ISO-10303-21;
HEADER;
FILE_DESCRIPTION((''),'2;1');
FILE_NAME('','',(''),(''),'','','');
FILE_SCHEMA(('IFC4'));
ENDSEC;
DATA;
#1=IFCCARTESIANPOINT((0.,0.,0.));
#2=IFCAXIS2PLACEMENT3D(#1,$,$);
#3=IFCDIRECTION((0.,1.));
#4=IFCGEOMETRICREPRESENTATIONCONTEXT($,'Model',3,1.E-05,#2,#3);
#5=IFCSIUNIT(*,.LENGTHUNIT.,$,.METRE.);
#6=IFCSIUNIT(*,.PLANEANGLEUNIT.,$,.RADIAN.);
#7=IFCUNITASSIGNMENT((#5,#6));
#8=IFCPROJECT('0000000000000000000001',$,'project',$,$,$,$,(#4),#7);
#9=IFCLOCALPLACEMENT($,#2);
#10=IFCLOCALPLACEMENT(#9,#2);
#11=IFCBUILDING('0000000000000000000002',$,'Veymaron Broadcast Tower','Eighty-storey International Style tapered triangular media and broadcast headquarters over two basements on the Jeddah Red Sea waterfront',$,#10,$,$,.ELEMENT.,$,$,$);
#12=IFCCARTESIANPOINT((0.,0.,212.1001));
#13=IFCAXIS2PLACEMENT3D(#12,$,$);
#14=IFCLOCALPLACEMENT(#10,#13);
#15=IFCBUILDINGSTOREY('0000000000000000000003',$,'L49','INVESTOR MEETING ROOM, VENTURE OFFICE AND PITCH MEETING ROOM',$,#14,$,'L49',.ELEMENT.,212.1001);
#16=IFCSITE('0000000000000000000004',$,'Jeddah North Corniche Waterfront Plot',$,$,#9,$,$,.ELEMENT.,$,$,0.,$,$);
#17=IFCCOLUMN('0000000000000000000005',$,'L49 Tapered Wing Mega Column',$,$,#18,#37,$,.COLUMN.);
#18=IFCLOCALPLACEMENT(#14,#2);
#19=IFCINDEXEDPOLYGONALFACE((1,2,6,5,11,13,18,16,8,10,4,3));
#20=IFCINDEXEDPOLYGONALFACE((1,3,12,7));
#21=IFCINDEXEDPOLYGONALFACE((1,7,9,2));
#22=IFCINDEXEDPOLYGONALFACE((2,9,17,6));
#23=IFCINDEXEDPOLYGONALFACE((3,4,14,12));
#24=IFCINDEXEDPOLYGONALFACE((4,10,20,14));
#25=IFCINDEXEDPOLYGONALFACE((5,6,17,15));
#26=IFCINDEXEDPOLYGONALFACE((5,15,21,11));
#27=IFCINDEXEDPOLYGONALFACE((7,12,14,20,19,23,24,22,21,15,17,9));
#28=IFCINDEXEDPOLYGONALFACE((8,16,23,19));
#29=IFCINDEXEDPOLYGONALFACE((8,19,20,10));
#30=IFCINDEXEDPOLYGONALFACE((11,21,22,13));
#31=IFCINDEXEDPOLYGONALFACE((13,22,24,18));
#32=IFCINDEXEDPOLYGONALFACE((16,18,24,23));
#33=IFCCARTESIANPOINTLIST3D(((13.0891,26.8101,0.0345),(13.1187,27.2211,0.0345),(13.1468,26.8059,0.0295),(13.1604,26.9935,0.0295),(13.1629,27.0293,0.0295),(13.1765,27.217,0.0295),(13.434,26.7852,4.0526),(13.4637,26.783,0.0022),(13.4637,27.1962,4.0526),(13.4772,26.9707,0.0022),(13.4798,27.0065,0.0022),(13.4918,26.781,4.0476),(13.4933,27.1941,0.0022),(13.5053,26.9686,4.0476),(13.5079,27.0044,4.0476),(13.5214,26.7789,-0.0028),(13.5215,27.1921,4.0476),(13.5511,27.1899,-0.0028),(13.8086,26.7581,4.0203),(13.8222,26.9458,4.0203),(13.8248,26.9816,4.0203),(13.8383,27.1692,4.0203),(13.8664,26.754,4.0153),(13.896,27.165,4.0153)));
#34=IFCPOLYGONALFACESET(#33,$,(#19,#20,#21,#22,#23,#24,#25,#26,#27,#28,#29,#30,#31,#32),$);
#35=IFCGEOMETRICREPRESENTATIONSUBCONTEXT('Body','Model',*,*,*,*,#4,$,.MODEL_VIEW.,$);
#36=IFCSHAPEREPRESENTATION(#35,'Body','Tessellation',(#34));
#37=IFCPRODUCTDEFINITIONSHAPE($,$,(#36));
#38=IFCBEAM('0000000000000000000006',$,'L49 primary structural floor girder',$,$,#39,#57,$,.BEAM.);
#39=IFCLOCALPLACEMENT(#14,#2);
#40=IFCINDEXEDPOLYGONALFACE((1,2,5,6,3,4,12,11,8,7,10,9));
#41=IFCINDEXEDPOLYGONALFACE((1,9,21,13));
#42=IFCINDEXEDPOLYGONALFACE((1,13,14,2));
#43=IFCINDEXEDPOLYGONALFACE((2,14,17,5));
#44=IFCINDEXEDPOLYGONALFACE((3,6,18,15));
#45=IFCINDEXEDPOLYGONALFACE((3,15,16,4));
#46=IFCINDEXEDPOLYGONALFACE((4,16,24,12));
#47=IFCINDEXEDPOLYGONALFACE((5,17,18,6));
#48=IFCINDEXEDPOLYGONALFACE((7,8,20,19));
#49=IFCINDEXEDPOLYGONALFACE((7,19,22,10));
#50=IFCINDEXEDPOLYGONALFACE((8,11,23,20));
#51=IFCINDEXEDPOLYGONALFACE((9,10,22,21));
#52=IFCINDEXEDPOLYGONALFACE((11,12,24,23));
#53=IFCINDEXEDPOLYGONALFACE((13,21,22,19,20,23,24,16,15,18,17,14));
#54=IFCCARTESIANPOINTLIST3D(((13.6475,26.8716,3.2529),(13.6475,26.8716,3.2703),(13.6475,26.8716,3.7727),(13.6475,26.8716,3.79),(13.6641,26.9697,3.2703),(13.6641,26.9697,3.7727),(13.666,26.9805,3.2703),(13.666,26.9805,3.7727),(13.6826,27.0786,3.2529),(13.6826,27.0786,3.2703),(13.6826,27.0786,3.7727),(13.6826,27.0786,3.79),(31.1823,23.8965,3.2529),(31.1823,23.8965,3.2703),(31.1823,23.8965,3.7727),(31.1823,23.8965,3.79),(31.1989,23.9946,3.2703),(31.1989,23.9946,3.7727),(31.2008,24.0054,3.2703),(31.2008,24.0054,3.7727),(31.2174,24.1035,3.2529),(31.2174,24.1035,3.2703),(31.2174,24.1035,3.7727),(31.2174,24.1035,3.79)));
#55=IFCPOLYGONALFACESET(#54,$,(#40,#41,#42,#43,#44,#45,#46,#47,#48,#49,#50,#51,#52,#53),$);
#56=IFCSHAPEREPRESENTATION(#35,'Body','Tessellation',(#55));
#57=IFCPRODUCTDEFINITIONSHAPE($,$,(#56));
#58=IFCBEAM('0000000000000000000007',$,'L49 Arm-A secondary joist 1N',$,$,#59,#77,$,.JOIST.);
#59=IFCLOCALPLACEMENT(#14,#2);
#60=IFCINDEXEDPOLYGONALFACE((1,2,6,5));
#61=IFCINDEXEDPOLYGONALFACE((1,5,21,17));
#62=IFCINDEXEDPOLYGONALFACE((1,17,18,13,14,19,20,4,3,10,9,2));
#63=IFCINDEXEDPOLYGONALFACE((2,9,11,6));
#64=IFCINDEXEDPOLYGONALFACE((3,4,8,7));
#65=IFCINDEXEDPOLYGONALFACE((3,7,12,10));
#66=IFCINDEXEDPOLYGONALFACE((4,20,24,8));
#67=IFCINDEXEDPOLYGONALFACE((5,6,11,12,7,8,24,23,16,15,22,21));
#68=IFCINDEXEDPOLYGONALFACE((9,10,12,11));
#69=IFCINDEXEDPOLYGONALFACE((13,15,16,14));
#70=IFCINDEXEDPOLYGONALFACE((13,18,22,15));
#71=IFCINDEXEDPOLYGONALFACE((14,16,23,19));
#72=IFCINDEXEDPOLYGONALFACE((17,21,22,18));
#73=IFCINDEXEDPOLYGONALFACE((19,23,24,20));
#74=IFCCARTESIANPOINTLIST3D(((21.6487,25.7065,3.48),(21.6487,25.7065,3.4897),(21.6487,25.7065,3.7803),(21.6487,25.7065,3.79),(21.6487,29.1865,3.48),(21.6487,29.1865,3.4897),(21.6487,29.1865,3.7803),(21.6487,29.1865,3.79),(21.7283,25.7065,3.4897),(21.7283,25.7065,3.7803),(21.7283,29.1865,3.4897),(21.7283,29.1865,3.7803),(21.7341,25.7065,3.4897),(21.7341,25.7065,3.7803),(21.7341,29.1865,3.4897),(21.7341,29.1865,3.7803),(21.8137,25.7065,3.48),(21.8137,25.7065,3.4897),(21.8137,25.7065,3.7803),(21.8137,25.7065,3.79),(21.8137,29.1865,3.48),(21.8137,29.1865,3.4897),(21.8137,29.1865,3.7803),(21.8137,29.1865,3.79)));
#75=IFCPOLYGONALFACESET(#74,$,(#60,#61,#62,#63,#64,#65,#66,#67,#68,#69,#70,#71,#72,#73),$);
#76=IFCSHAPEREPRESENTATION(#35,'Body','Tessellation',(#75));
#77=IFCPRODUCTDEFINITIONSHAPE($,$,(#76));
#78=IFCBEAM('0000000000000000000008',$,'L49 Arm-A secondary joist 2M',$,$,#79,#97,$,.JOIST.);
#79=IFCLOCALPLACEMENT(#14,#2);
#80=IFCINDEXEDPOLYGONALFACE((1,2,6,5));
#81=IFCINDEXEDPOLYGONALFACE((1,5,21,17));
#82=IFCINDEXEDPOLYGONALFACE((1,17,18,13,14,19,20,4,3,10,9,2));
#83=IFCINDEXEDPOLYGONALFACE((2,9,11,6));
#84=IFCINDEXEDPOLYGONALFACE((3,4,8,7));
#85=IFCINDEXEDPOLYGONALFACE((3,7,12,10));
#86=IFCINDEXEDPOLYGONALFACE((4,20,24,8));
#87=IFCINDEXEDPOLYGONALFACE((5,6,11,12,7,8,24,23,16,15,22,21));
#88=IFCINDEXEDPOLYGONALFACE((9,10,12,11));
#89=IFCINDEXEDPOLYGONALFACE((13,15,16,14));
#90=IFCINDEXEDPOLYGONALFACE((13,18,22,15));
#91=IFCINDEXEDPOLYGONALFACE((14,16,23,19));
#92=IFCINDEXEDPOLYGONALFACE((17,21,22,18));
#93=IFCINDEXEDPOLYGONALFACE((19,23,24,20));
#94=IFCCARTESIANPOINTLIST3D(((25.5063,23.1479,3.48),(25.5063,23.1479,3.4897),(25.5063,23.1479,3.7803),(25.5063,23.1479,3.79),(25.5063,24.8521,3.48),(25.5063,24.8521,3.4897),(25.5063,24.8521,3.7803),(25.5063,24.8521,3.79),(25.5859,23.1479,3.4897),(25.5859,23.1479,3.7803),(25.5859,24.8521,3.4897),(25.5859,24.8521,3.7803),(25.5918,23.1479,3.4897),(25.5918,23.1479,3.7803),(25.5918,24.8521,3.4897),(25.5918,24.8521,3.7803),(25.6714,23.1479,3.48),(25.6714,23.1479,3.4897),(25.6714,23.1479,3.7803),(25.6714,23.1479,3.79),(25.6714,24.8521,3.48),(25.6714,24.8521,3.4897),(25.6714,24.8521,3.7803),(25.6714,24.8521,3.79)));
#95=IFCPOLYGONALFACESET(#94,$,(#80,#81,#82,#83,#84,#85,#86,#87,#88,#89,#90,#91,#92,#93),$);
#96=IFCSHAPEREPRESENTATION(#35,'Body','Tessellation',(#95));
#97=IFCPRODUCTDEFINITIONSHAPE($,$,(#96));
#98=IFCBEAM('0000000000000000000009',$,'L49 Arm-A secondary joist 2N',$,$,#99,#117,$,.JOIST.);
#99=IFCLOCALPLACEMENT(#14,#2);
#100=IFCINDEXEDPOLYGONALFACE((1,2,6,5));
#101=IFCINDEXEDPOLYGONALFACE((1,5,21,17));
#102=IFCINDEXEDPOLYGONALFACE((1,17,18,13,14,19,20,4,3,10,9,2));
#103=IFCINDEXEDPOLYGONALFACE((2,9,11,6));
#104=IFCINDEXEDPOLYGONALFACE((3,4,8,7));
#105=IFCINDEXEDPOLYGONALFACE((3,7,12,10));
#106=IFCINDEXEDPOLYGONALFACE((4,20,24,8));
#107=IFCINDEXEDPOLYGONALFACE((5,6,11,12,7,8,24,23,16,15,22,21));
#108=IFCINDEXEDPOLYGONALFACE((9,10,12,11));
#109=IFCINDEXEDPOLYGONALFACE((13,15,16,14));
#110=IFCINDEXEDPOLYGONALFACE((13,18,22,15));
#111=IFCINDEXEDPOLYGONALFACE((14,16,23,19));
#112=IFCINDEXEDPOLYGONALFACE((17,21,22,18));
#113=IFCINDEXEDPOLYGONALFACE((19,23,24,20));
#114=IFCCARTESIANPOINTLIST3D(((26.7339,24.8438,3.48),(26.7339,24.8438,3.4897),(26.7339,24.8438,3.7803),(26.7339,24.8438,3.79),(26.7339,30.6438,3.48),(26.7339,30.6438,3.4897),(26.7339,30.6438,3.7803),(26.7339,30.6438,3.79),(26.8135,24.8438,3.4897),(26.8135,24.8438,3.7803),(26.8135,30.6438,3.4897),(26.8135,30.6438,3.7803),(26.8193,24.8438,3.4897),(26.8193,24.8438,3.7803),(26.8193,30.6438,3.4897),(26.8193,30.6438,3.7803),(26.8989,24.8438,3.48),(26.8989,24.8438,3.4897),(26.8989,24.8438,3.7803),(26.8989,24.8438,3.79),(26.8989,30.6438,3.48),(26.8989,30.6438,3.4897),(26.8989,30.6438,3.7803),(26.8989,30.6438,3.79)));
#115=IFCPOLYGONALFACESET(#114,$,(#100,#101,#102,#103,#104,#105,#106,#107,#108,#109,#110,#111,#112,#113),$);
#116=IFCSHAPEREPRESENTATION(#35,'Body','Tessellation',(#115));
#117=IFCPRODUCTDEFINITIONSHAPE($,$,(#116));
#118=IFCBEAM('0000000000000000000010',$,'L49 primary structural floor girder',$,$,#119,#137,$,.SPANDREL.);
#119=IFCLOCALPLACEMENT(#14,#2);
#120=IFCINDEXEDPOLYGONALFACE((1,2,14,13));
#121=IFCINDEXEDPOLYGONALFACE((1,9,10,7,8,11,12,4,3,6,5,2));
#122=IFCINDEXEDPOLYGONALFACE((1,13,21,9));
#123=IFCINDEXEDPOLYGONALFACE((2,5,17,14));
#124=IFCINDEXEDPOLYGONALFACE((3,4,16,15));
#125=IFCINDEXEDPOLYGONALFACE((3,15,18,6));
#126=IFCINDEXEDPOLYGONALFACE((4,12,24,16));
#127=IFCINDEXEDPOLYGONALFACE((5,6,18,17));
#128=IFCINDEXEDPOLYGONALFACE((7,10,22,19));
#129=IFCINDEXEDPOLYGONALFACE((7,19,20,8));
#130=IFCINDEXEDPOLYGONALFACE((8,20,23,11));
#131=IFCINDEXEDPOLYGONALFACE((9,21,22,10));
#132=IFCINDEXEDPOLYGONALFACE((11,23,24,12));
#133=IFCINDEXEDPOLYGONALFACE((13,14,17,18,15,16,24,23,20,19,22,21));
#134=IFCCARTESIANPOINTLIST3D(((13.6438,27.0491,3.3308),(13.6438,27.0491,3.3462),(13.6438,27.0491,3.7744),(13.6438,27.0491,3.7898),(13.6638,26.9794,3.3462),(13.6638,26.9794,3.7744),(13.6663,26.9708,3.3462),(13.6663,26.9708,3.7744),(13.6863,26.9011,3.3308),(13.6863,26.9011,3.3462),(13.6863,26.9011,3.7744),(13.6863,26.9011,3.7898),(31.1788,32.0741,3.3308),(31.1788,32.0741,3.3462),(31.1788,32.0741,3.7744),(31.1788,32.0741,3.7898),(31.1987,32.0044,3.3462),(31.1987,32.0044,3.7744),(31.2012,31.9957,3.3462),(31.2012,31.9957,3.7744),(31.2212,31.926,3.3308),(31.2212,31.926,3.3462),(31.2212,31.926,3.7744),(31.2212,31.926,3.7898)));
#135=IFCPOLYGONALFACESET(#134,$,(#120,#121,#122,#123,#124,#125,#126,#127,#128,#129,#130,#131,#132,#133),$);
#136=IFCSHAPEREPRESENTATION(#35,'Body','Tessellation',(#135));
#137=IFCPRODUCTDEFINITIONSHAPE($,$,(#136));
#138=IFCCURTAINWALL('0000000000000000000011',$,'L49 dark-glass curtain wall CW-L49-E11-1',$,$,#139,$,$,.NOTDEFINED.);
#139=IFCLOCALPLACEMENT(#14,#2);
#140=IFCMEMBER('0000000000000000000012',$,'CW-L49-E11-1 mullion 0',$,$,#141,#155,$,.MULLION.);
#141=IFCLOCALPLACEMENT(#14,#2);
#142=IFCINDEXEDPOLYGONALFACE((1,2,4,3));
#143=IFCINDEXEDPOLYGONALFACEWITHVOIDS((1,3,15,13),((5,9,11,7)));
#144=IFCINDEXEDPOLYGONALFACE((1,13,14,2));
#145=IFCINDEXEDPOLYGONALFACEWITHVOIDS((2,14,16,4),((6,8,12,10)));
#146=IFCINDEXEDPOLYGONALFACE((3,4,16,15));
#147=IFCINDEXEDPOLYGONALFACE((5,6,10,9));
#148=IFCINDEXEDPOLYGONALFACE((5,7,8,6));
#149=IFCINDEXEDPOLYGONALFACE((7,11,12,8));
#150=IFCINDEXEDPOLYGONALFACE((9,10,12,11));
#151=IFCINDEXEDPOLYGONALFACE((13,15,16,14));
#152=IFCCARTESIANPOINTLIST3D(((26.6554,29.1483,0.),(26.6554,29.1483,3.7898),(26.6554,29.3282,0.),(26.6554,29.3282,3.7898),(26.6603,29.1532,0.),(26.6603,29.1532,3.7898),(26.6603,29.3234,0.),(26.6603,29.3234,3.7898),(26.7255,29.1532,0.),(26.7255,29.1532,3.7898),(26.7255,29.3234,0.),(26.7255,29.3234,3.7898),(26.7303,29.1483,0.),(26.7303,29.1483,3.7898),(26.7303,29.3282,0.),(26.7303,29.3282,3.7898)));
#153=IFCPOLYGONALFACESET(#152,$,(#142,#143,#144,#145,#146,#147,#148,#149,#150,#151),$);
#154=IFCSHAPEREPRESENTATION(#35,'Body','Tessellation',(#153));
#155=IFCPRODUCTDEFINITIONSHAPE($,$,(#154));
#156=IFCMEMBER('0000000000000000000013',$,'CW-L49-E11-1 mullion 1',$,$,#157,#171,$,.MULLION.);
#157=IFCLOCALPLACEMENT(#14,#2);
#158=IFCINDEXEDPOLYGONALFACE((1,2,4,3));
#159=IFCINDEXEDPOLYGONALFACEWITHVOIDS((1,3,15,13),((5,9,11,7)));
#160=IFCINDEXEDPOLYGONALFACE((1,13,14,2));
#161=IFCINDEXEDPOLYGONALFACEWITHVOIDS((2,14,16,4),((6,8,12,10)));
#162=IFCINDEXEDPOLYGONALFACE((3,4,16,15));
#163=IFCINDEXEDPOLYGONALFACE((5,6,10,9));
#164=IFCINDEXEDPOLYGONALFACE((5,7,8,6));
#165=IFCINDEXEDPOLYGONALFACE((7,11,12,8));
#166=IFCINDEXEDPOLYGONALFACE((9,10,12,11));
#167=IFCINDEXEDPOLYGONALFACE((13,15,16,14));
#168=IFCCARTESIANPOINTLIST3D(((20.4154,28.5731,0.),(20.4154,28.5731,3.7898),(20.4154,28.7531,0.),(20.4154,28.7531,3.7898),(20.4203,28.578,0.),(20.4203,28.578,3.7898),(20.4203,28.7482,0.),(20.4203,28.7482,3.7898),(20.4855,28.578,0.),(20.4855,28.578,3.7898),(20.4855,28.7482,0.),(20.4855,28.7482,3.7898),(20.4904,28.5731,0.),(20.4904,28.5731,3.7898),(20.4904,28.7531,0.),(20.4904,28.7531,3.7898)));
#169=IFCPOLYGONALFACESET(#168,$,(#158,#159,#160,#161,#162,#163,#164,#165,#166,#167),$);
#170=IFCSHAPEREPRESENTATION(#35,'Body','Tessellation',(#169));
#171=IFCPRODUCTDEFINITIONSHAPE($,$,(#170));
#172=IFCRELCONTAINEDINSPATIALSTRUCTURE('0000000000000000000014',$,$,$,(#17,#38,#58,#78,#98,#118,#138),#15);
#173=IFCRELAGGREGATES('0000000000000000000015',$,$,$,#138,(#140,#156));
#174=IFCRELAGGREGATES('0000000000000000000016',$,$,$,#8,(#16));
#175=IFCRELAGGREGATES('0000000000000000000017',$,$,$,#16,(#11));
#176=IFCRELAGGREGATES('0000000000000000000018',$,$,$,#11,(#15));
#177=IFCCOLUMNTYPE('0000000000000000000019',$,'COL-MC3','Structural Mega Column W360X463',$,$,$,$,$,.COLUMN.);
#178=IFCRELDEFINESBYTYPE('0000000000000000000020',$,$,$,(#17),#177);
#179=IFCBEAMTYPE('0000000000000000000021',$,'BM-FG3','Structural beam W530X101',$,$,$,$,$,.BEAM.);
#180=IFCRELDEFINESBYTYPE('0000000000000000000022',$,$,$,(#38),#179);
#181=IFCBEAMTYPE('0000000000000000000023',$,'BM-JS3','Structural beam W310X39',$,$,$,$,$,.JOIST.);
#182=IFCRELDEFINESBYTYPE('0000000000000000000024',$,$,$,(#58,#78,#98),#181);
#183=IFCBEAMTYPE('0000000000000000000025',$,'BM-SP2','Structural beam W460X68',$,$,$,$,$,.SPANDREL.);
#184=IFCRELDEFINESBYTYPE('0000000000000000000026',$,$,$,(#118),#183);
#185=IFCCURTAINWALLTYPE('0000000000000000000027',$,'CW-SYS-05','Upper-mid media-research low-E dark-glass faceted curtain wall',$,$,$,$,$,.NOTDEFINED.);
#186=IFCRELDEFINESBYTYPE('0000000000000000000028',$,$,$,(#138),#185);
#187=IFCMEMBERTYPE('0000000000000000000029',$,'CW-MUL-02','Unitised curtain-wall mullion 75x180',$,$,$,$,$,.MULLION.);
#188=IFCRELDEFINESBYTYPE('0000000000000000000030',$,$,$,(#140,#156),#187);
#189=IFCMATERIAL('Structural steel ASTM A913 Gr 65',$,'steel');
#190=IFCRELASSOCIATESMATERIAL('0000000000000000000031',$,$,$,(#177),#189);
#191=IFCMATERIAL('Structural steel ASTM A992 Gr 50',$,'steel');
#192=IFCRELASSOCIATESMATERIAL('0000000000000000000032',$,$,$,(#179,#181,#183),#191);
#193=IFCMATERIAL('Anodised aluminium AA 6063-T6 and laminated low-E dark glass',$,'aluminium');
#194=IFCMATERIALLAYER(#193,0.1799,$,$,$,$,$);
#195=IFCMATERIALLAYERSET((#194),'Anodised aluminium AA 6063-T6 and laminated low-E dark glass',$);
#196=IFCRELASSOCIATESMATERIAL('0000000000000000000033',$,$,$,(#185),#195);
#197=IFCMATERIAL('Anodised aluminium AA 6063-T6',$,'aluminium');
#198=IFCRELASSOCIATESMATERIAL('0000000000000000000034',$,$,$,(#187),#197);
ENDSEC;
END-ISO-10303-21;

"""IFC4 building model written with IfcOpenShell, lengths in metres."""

from ifc_helpers import new_model, si_unit, direction, frame, origin, origin_2d, place, context, subcontext, project, spatial, hollow_rectangle, i_section, extrude, material, layer, layer_set, material_profile, profile_set, type_object, element, aggregate, save


model = new_model("IFC4")

# Units and contexts
model_context = context("Model", 3, precision=1e-05, world=origin(), true_north=direction((0.0, 1.0)))
body_context = subcontext(model_context, "Body", "Model", "MODEL_VIEW")
ifc_project = project(units=[si_unit("LENGTHUNIT", "METRE"), si_unit("PLANEANGLEUNIT", "RADIAN")], contexts=[model_context])

# Site, building, storey
site_placement = place(None, origin())
site = spatial("IfcSite", under=ifc_project, at=site_placement, Name="Jeddah North Corniche Waterfront Plot", CompositionType="ELEMENT", RefElevation=0.0)
building_placement = place(site_placement, origin())
building = spatial("IfcBuilding", under=site, at=building_placement, Name="Veymaron Broadcast Tower", Description="Eighty-storey International Style tapered triangular media and broadcast headquarters over two basements on the Jeddah Red Sea waterfront", CompositionType="ELEMENT")
storey_placement = place(building_placement, frame((0.0, 0.0, 212.1001)))
storey = spatial("IfcBuildingStorey", under=building, at=storey_placement, Name="L49", Description="INVESTOR MEETING ROOM, VENTURE OFFICE AND PITCH MEETING ROOM", LongName="L49", CompositionType="ELEMENT", Elevation=212.1001)

# Column
ifc_material_1 = material(Name="Structural steel ASTM A913 Gr 65", Category="steel")
ifc_material_profile_1 = material_profile(ifc_material_1, i_section(OverallWidth=0.4121, OverallDepth=0.4351, WebThickness=0.0359, FlangeThickness=0.0581, at=origin_2d()), Name="W360X463")
ifc_profile_set_1 = profile_set([ifc_material_profile_1], Name="Structural steel ASTM A913 Gr 65")
column_type = type_object("IfcColumnType", Name="COL-MC3", Description="Structural Mega Column W360X463", PredefinedType="COLUMN", material=ifc_profile_set_1)
column_placement = place(storey_placement, frame((13.3201, 27.0, 0.0159), z_axis=(0.085539, -0.006175, 0.996316), x_axis=(0.071999, 0.997405, 0.0)))
element("IfcColumn", 1, at=column_placement, inside=storey, type_object=column_type, Name="L49 Tapered Wing Mega Column", PredefinedType="COLUMN", context=body_context, shape_type="SweptSolid", body=[
    extrude(i_section(OverallWidth=0.4121, OverallDepth=0.4351, WebThickness=0.0359, FlangeThickness=0.0581, at=origin_2d()), origin(), (0.0, 0.0, 1.0), 4.033),
])

# Beams
ifc_material_2 = material(Name="Structural steel ASTM A992 Gr 50", Category="steel")
ifc_material_profile_2 = material_profile(ifc_material_2, i_section(OverallWidth=0.21, OverallDepth=0.5371, WebThickness=0.011, FlangeThickness=0.0173, at=origin_2d()), Name="W530X101")
ifc_profile_set_2 = profile_set([ifc_material_profile_2], Name="Structural steel ASTM A992 Gr 50")
beam_type_1 = type_object("IfcBeamType", Name="BM-FG3", Description="Structural beam W530X101", PredefinedType="BEAM", material=ifc_profile_set_2)
beam_1_placement = place(storey_placement, frame((13.665, 26.9751, 3.5215), z_axis=(0.98591, -0.167276, 0.0), x_axis=(0.167276, 0.98591, 0.0)))
element("IfcBeam", 2, at=beam_1_placement, inside=storey, type_object=beam_type_1, Name="L49 primary structural floor girder", PredefinedType="BEAM", context=body_context, shape_type="SweptSolid", body=[
    extrude(i_section(OverallWidth=0.21, OverallDepth=0.5371, WebThickness=0.011, FlangeThickness=0.0173, at=origin_2d()), origin(), (0.0, 0.0, 1.0), 17.7854),
])
ifc_material_profile_3 = material_profile(ifc_material_2, i_section(OverallWidth=0.165, OverallDepth=0.3101, WebThickness=0.0059, FlangeThickness=0.0098, at=origin_2d()), Name="W310X39")
ifc_profile_set_3 = profile_set([ifc_material_profile_3], Name="Structural steel ASTM A992 Gr 50")
beam_type_2 = type_object("IfcBeamType", Name="BM-JS3", Description="Structural beam W310X39", PredefinedType="JOIST", material=ifc_profile_set_3)
beam_2_placement = place(storey_placement, frame((21.7312, 25.7065, 3.635), z_axis=(0.0, 1.0, 0.0), x_axis=(-1.0, 0.0, 0.0)))
element("IfcBeam", 3, at=beam_2_placement, inside=storey, type_object=beam_type_2, Name="L49 Arm-A secondary joist 1N", PredefinedType="JOIST", context=body_context, shape_type="SweptSolid", body=[
    extrude(i_section(OverallWidth=0.165, OverallDepth=0.3101, WebThickness=0.0059, FlangeThickness=0.0098, at=origin_2d()), origin(), (0.0, 0.0, 1.0), 3.48),
])
beam_3_placement = place(storey_placement, frame((25.5889, 23.1479, 3.635), z_axis=(0.0, 1.0, 0.0), x_axis=(-1.0, 0.0, 0.0)))
element("IfcBeam", 4, at=beam_3_placement, inside=storey, type_object=beam_type_2, Name="L49 Arm-A secondary joist 2M", PredefinedType="JOIST", context=body_context, shape_type="SweptSolid", body=[
    extrude(i_section(OverallWidth=0.165, OverallDepth=0.3101, WebThickness=0.0059, FlangeThickness=0.0098, at=origin_2d()), origin(), (0.0, 0.0, 1.0), 1.7041),
])
beam_4_placement = place(storey_placement, frame((26.8164, 24.8438, 3.635), z_axis=(0.0, 1.0, 0.0), x_axis=(-1.0, 0.0, 0.0)))
element("IfcBeam", 5, at=beam_4_placement, inside=storey, type_object=beam_type_2, Name="L49 Arm-A secondary joist 2N", PredefinedType="JOIST", context=body_context, shape_type="SweptSolid", body=[
    extrude(i_section(OverallWidth=0.165, OverallDepth=0.3101, WebThickness=0.0059, FlangeThickness=0.0098, at=origin_2d()), origin(), (0.0, 0.0, 1.0), 5.8),
])
ifc_material_profile_4 = material_profile(ifc_material_2, i_section(OverallWidth=0.1541, OverallDepth=0.459, WebThickness=0.009, FlangeThickness=0.0154, at=origin_2d()), Name="W460X68")
ifc_profile_set_4 = profile_set([ifc_material_profile_4], Name="Structural steel ASTM A992 Gr 50")
beam_type_3 = type_object("IfcBeamType", Name="BM-SP2", Description="Structural beam W460X68", PredefinedType="SPANDREL", material=ifc_profile_set_4)
beam_5_placement = place(storey_placement, frame((13.665, 26.9751, 3.5603), z_axis=(0.961307, 0.275478, 0.0), x_axis=(-0.275478, 0.961307, 0.0)))
element("IfcBeam", 6, at=beam_5_placement, inside=storey, type_object=beam_type_3, Name="L49 primary structural floor girder", PredefinedType="SPANDREL", context=body_context, shape_type="SweptSolid", body=[
    extrude(i_section(OverallWidth=0.1541, OverallDepth=0.459, WebThickness=0.009, FlangeThickness=0.0154, at=origin_2d()), origin(), (0.0, 0.0, 1.0), 18.2407),
])

# Curtain wall, members
ifc_material_3 = material(Name="Anodised aluminium AA 6063-T6 and laminated low-E dark glass", Category="aluminium")
ifc_layer_1 = layer(ifc_material_3, 0.1799)
ifc_layer_set_1 = layer_set([ifc_layer_1], Name="Anodised aluminium AA 6063-T6 and laminated low-E dark glass")
curtain_wall_type = type_object("IfcCurtainWallType", Name="CW-SYS-05", Description="Upper-mid media-research low-E dark-glass faceted curtain wall", PredefinedType="NOTDEFINED", material=ifc_layer_set_1)
curtain_wall_placement = place(storey_placement, origin())
curtain_wall = element("IfcCurtainWall", 7, at=curtain_wall_placement, inside=storey, type_object=curtain_wall_type, Name="L49 dark-glass curtain wall CW-L49-E11-1", PredefinedType="NOTDEFINED")
ifc_material_4 = material(Name="Anodised aluminium AA 6063-T6", Category="aluminium")
ifc_material_profile_5 = material_profile(ifc_material_4, hollow_rectangle(XDim=0.075, YDim=0.1799, WallThickness=0.0049, at=origin_2d()), Name="AL180X75X5")
ifc_profile_set_5 = profile_set([ifc_material_profile_5], Name="Anodised aluminium AA 6063-T6")
member_type_1 = type_object("IfcMemberType", Name="CW-MUL-02", Description="Unitised curtain-wall mullion 75x180", PredefinedType="MULLION", material=ifc_profile_set_5)
member_1_placement = place(storey_placement, frame((26.6929, 29.2383, 0.0), z_axis=(0.0, 0.0, 1.0), x_axis=(1.0, 0.0, 0.0)))
member_1 = element("IfcMember", 8, at=member_1_placement, type_object=member_type_1, Name="CW-L49-E11-1 mullion 0", PredefinedType="MULLION", context=body_context, shape_type="SweptSolid", body=[
    extrude(hollow_rectangle(XDim=0.075, YDim=0.1799, WallThickness=0.0049, at=origin_2d()), origin(), (0.0, 0.0, 1.0), 3.7898),
])
member_2_placement = place(storey_placement, frame((20.4529, 28.6631, 0.0), z_axis=(0.0, 0.0, 1.0), x_axis=(1.0, 0.0, 0.0)))
member_2 = element("IfcMember", 9, at=member_2_placement, type_object=member_type_1, Name="CW-L49-E11-1 mullion 1", PredefinedType="MULLION", context=body_context, shape_type="SweptSolid", body=[
    extrude(hollow_rectangle(XDim=0.075, YDim=0.1799, WallThickness=0.0049, at=origin_2d()), origin(), (0.0, 0.0, 1.0), 3.7898),
])
aggregate(curtain_wall, [member_1, member_2])

save(model, "model.ifc")
